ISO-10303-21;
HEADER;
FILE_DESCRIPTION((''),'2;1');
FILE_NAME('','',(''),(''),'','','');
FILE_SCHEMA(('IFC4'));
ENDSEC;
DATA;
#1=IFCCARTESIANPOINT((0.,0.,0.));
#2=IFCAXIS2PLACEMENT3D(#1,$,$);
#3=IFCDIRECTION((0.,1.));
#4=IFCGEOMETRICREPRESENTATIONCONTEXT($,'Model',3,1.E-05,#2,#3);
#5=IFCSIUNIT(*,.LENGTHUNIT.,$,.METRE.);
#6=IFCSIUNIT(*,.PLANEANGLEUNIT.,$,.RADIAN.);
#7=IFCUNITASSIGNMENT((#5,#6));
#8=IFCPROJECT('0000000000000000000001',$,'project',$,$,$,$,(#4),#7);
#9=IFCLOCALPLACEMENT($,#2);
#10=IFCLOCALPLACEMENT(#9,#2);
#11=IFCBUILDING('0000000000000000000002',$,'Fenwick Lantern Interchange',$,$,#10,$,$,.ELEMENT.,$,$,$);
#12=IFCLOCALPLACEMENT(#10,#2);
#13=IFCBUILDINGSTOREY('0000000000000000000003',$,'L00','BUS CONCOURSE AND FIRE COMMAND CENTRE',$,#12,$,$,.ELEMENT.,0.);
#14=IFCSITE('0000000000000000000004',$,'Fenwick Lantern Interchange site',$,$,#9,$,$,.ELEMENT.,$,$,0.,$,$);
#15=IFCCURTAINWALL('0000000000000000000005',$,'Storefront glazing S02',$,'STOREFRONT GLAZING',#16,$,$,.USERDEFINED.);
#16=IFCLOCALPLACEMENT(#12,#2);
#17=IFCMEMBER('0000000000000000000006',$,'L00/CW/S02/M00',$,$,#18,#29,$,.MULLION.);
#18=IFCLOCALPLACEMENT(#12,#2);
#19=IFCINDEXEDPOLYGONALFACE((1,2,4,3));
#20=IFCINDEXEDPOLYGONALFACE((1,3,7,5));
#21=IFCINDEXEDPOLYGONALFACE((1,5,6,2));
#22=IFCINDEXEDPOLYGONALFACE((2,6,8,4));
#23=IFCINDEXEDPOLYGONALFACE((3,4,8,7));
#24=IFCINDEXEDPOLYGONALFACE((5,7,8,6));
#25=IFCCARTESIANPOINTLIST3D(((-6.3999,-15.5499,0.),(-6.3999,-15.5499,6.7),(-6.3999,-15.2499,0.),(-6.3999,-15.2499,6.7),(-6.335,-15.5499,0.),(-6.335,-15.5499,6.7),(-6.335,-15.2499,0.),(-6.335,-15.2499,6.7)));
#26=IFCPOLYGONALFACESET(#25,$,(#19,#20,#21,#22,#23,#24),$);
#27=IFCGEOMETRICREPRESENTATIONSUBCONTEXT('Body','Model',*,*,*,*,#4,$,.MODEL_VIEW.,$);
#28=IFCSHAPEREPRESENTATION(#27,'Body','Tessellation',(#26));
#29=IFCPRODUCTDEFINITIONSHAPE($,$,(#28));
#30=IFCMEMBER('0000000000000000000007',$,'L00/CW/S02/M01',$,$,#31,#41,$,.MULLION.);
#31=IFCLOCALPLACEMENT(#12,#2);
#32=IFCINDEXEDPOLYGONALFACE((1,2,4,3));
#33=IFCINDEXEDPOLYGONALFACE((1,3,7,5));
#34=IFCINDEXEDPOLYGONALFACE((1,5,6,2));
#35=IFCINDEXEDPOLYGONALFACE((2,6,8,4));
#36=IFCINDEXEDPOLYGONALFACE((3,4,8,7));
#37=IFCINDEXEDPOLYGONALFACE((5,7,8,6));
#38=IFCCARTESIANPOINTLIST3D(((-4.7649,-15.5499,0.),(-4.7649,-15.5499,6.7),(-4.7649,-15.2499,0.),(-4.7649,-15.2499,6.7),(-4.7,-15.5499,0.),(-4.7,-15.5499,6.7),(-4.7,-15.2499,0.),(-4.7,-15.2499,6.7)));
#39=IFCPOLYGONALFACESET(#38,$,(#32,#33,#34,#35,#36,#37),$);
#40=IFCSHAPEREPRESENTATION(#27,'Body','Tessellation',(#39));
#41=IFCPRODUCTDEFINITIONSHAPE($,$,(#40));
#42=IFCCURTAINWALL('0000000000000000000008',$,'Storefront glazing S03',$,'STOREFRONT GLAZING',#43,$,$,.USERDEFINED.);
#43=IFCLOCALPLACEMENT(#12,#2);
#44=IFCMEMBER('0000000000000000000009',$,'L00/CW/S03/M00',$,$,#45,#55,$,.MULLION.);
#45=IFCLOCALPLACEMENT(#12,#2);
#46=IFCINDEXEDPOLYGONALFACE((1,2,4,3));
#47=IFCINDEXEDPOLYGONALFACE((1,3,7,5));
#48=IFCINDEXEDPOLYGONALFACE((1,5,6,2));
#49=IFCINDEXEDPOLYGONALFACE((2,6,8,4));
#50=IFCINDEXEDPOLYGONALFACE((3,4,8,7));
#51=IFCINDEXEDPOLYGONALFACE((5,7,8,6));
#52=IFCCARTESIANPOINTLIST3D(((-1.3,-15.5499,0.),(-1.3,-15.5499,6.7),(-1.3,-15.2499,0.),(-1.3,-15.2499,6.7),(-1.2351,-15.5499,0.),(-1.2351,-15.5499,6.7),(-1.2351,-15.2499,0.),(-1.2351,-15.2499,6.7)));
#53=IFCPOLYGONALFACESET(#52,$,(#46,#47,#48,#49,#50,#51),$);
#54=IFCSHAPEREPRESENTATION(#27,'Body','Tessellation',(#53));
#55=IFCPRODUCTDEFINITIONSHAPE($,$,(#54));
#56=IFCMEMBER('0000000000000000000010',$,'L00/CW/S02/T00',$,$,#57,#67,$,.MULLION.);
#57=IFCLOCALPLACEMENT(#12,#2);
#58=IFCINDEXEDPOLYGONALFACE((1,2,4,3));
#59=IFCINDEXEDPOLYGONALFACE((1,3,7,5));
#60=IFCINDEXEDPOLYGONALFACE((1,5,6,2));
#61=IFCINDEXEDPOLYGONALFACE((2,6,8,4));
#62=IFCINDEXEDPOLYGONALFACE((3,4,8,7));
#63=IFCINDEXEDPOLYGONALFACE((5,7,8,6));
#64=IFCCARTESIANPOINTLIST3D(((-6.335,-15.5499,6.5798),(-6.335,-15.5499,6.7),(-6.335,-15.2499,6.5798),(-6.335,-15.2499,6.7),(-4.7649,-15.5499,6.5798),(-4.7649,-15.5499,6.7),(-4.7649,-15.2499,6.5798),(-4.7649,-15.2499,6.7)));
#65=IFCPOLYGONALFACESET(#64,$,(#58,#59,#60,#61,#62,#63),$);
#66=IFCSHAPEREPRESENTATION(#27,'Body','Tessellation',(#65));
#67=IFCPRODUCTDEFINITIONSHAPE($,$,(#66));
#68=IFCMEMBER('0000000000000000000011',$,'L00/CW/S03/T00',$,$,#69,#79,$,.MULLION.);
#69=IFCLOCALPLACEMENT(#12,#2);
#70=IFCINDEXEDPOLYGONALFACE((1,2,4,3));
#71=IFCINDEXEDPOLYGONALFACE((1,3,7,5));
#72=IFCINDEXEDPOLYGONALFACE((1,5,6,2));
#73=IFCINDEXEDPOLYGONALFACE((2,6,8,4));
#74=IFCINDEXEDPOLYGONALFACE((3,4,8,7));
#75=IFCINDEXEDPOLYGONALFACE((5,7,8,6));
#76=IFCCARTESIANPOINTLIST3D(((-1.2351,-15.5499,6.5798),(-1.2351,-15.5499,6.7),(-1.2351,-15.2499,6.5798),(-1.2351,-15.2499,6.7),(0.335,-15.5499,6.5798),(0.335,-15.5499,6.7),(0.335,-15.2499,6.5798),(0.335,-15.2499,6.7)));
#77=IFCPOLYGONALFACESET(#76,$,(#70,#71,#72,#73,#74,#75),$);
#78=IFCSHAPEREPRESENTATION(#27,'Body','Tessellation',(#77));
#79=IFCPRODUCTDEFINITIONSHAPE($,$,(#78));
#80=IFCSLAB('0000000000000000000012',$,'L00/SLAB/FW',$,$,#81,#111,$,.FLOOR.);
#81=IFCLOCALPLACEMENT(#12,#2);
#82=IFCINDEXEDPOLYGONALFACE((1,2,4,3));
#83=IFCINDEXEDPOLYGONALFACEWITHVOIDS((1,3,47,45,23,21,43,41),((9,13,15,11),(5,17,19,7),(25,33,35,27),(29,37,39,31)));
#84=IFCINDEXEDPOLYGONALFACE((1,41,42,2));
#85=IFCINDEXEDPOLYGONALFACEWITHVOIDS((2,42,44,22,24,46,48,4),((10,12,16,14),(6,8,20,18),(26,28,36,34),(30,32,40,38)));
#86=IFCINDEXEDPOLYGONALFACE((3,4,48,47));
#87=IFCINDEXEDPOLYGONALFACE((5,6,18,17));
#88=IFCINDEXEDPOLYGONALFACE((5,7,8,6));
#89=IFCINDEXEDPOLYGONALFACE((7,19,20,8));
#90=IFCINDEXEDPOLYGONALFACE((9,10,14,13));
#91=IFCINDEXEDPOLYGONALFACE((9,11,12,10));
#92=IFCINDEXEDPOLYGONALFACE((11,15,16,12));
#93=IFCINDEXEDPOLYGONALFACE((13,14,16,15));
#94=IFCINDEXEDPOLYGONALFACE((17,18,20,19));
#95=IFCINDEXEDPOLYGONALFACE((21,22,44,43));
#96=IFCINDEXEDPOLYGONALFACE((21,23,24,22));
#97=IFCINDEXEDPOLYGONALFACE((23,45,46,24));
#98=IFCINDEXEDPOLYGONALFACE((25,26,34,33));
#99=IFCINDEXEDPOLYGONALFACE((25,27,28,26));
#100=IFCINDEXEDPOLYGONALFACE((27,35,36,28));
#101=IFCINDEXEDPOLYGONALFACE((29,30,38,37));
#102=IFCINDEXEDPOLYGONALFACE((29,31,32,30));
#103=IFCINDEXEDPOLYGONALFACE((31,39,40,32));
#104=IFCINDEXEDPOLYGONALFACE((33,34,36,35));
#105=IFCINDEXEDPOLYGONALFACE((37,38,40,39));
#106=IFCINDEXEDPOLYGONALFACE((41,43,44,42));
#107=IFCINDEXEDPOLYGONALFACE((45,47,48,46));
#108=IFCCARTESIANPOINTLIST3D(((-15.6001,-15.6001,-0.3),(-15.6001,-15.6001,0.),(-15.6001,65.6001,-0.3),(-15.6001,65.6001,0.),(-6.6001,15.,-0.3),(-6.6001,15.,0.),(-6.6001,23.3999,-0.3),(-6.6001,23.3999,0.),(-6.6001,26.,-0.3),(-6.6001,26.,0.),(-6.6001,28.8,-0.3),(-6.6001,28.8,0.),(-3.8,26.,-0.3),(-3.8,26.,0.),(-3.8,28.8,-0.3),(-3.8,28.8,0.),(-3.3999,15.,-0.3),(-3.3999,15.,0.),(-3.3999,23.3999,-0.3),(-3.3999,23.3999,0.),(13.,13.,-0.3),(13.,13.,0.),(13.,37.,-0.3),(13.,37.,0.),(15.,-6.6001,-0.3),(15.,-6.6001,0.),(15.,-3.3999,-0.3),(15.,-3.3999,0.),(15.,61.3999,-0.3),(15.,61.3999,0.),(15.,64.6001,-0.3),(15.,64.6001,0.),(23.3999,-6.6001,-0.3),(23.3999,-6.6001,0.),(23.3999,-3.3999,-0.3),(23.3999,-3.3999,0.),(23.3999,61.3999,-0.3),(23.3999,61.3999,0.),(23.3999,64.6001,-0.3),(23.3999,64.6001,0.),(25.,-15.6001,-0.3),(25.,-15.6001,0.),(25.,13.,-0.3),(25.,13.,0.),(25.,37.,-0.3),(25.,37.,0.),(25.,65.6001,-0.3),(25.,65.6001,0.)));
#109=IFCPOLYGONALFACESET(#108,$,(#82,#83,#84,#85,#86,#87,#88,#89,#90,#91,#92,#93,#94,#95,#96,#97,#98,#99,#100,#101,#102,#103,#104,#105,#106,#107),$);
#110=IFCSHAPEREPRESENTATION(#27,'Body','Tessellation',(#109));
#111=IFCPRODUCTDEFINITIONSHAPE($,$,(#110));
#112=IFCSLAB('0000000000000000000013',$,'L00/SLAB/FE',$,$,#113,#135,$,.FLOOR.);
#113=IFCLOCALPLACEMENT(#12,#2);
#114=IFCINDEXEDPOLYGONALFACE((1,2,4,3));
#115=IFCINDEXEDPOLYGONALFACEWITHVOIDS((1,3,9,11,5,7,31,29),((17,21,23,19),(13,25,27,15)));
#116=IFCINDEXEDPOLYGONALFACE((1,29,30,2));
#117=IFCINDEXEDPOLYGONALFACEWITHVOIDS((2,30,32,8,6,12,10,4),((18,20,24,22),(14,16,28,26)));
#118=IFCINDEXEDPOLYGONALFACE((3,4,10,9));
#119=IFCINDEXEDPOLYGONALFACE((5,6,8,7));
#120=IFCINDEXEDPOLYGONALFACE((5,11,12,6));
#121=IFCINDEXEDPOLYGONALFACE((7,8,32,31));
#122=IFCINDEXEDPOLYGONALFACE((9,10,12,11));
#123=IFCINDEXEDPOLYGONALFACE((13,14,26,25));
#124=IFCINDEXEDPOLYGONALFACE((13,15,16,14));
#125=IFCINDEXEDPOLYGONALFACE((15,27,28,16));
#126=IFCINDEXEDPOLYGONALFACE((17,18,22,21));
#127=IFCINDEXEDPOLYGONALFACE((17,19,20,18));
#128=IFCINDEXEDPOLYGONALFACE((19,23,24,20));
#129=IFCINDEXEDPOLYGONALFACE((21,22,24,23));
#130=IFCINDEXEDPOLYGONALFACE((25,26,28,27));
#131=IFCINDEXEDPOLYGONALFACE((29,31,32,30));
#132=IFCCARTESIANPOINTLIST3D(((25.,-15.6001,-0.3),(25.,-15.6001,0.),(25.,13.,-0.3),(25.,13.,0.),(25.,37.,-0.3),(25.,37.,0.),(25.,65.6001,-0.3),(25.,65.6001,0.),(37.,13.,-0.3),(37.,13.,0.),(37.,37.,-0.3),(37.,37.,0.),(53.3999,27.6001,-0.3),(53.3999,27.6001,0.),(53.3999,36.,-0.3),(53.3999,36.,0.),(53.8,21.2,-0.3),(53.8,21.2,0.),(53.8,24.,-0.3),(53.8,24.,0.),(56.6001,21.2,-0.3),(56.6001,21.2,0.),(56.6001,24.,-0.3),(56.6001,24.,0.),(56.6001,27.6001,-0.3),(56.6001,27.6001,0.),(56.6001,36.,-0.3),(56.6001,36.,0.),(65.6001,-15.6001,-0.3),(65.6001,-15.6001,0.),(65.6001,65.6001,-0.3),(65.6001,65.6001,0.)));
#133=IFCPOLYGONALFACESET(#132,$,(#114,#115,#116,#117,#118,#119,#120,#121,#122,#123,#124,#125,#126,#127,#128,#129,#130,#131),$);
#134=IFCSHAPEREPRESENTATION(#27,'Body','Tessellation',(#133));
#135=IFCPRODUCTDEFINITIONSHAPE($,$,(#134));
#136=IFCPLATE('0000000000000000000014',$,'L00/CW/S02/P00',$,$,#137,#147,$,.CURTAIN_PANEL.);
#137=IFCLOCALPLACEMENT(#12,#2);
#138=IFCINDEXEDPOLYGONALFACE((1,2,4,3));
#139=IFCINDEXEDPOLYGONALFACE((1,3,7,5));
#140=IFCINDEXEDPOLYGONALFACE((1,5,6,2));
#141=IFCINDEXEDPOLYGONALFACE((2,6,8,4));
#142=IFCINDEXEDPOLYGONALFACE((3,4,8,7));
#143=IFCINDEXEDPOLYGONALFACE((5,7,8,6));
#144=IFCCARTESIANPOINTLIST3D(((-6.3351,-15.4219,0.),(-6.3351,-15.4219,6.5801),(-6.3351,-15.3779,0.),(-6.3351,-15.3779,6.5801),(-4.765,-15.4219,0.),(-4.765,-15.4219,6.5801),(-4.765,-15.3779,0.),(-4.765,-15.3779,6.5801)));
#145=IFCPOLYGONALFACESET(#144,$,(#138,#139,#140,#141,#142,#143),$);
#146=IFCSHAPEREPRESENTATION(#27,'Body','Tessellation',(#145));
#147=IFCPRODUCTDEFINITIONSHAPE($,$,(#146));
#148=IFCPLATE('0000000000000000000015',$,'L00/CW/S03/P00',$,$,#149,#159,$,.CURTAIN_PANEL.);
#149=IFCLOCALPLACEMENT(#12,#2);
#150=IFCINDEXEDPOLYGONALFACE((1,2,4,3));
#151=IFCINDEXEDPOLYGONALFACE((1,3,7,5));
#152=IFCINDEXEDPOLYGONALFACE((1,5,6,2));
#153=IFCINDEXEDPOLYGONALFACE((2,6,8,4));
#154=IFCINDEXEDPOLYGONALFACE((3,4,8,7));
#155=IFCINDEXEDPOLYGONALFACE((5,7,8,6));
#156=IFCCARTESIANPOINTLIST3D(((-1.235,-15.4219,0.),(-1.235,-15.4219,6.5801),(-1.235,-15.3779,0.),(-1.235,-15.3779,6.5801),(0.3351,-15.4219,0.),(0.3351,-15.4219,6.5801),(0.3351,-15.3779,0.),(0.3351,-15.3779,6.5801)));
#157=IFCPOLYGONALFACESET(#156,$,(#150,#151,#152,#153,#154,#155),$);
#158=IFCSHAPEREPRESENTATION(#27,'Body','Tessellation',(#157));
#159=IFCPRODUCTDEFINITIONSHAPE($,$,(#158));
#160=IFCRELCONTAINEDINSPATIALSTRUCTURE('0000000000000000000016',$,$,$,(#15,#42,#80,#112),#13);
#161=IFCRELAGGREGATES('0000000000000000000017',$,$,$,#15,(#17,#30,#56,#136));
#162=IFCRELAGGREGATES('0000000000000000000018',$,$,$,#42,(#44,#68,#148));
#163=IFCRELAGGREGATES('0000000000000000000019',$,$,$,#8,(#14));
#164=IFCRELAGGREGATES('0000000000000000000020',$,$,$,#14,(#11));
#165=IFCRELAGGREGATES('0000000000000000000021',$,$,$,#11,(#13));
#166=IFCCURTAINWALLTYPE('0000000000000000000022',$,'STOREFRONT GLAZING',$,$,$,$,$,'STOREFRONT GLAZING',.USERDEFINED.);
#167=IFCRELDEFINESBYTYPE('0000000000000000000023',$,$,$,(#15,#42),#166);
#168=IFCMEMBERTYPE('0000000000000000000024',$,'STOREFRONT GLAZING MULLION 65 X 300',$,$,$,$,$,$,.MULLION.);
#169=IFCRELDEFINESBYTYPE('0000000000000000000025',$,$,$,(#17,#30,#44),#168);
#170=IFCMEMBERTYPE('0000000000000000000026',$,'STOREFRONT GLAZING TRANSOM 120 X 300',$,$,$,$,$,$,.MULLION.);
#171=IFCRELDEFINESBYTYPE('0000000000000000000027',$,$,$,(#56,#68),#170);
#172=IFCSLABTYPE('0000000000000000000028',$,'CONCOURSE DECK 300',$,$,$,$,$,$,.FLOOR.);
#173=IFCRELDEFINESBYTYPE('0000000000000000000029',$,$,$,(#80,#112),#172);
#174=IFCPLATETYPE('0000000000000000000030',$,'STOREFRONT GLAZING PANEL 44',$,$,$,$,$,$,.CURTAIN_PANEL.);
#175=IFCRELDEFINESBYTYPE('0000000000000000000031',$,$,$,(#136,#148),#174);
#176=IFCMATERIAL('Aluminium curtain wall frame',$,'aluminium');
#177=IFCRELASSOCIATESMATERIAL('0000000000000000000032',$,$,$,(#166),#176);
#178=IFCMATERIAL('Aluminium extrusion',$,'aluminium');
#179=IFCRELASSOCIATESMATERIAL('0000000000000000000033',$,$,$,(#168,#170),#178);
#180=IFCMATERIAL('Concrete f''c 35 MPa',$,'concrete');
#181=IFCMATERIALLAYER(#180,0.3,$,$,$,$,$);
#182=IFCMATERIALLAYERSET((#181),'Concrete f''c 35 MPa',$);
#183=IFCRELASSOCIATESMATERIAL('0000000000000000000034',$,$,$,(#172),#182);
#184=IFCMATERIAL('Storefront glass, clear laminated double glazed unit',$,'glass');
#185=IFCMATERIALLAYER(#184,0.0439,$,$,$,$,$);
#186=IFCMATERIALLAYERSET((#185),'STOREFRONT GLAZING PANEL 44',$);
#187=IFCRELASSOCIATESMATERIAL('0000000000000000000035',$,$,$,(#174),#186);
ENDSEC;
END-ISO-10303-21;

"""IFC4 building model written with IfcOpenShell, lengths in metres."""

from ifc_helpers import new_model, si_unit, direction, frame, origin, origin_2d, place, context, subcontext, project, spatial, polyline, rectangle, outline, extrude, material, layer, layer_set, material_profile, profile_set, type_object, element, aggregate, save


model = new_model("IFC4")

# Units and contexts
model_context = context("Model", 3, precision=1e-05, world=origin(), true_north=direction((0.0, 1.0)))
body_context = subcontext(model_context, "Body", "Model", "MODEL_VIEW")
ifc_project = project(units=[si_unit("LENGTHUNIT", "METRE"), si_unit("PLANEANGLEUNIT", "RADIAN")], contexts=[model_context])

# Site, building, storey
site_placement = place(None, origin())
site = spatial("IfcSite", under=ifc_project, at=site_placement, Name="Fenwick Lantern Interchange site", CompositionType="ELEMENT", RefElevation=0.0)
building_placement = place(site_placement, origin())
building = spatial("IfcBuilding", under=site, at=building_placement, Name="Fenwick Lantern Interchange", CompositionType="ELEMENT")
storey_placement = place(building_placement, origin())
storey = spatial("IfcBuildingStorey", under=building, at=storey_placement, Name="L00", Description="BUS CONCOURSE AND FIRE COMMAND CENTRE", CompositionType="ELEMENT", Elevation=0.0)

# Curtain wall, members
ifc_material_1 = material(Name="Aluminium curtain wall frame", Category="aluminium")
curtain_wall_type = type_object("IfcCurtainWallType", Name="STOREFRONT GLAZING", ElementType="STOREFRONT GLAZING", PredefinedType="USERDEFINED", material=ifc_material_1)
curtain_wall_1_placement = place(storey_placement, origin())
curtain_wall_1 = element("IfcCurtainWall", 1, at=curtain_wall_1_placement, inside=storey, type_object=curtain_wall_type, Name="Storefront glazing S02", ObjectType="STOREFRONT GLAZING", PredefinedType="USERDEFINED")
ifc_material_2 = material(Name="Aluminium extrusion", Category="aluminium")
ifc_material_profile_1 = material_profile(ifc_material_2, rectangle(XDim=0.3, YDim=0.0649, at=origin_2d()), Name="STOREFRONT GLAZING MULLION 65 X 300")
ifc_profile_set_1 = profile_set([ifc_material_profile_1], Name="Aluminium extrusion")
member_type_1 = type_object("IfcMemberType", Name="STOREFRONT GLAZING MULLION 65 X 300", PredefinedType="MULLION", material=ifc_profile_set_1)
member_1_placement = place(storey_placement, frame((-6.3674, -15.3999, 0.0), z_axis=(0.0, 0.0, 1.0), x_axis=(0.0, 1.0, 0.0)))
member_1 = element("IfcMember", 2, at=member_1_placement, type_object=member_type_1, Name="L00/CW/S02/M00", PredefinedType="MULLION", context=body_context, shape_type="SweptSolid", body=[
    extrude(rectangle(XDim=0.3, YDim=0.0649, at=origin_2d()), origin(), (0.0, 0.0, 1.0), 6.7),
])
member_2_placement = place(storey_placement, frame((-4.7324, -15.3999, 0.0), z_axis=(0.0, 0.0, 1.0), x_axis=(0.0, 1.0, 0.0)))
member_2 = element("IfcMember", 3, at=member_2_placement, type_object=member_type_1, Name="L00/CW/S02/M01", PredefinedType="MULLION", context=body_context, shape_type="SweptSolid", body=[
    extrude(rectangle(XDim=0.3, YDim=0.0649, at=origin_2d()), origin(), (0.0, 0.0, 1.0), 6.7),
])

# Curtain wall, member
curtain_wall_2_placement = place(storey_placement, origin())
curtain_wall_2 = element("IfcCurtainWall", 4, at=curtain_wall_2_placement, inside=storey, type_object=curtain_wall_type, Name="Storefront glazing S03", ObjectType="STOREFRONT GLAZING", PredefinedType="USERDEFINED")
member_3_placement = place(storey_placement, frame((-1.2676, -15.3999, 0.0), z_axis=(0.0, 0.0, 1.0), x_axis=(0.0, 1.0, 0.0)))
member_3 = element("IfcMember", 5, at=member_3_placement, type_object=member_type_1, Name="L00/CW/S03/M00", PredefinedType="MULLION", context=body_context, shape_type="SweptSolid", body=[
    extrude(rectangle(XDim=0.3, YDim=0.0649, at=origin_2d()), origin(), (0.0, 0.0, 1.0), 6.7),
])

# Members
ifc_material_profile_2 = material_profile(ifc_material_2, rectangle(XDim=0.3, YDim=0.1201, at=origin_2d()), Name="STOREFRONT GLAZING TRANSOM 120 X 300")
ifc_profile_set_2 = profile_set([ifc_material_profile_2], Name="Aluminium extrusion")
member_type_2 = type_object("IfcMemberType", Name="STOREFRONT GLAZING TRANSOM 120 X 300", PredefinedType="MULLION", material=ifc_profile_set_2)
member_4_placement = place(storey_placement, frame((-6.335, -15.3999, 6.6399), z_axis=(1.0, 0.0, 0.0), x_axis=(0.0, 1.0, 0.0)))
member_4 = element("IfcMember", 6, at=member_4_placement, type_object=member_type_2, Name="L00/CW/S02/T00", PredefinedType="MULLION", context=body_context, shape_type="SweptSolid", body=[
    extrude(rectangle(XDim=0.3, YDim=0.1201, at=origin_2d()), origin(), (0.0, 0.0, 1.0), 1.5701),
])
member_5_placement = place(storey_placement, frame((-1.2351, -15.3999, 6.6399), z_axis=(1.0, 0.0, 0.0), x_axis=(0.0, 1.0, 0.0)))
member_5 = element("IfcMember", 7, at=member_5_placement, type_object=member_type_2, Name="L00/CW/S03/T00", PredefinedType="MULLION", context=body_context, shape_type="SweptSolid", body=[
    extrude(rectangle(XDim=0.3, YDim=0.1201, at=origin_2d()), origin(), (0.0, 0.0, 1.0), 1.5701),
])

# Slabs
ifc_material_3 = material(Name="Concrete f'c 35 MPa", Category="concrete")
ifc_layer_1 = layer(ifc_material_3, 0.3)
ifc_layer_set_1 = layer_set([ifc_layer_1], Name="Concrete f'c 35 MPa")
slab_type = type_object("IfcSlabType", Name="CONCOURSE DECK 300", PredefinedType="FLOOR", material=ifc_layer_set_1)
slab_1_placement = place(storey_placement, frame((0.0, 0.0, -0.3)))
element("IfcSlab", 8, at=slab_1_placement, inside=storey, type_object=slab_type, Name="L00/SLAB/FW", PredefinedType="FLOOR", context=body_context, shape_type="SweptSolid", body=[
    extrude(outline(polyline([(-15.6001, -15.6001), (-15.6001, 65.6001), (25.0, 65.6001), (25.0, 37.0), (13.0, 37.0), (13.0, 13.0), (25.0, 13.0), (25.0, -15.6001), (-15.6001, -15.6001)]), holes=[polyline([(23.3999, 61.3999), (23.3999, 64.6001), (15.0, 64.6001), (15.0, 61.3999), (23.3999, 61.3999)]), polyline([(23.3999, -6.6001), (23.3999, -3.3999), (15.0, -3.3999), (15.0, -6.6001), (23.3999, -6.6001)]), polyline([(-3.3999, 15.0), (-3.3999, 23.3999), (-6.6001, 23.3999), (-6.6001, 15.0), (-3.3999, 15.0)]), polyline([(-3.8, 26.0), (-3.8, 28.8), (-6.6001, 28.8), (-6.6001, 26.0), (-3.8, 26.0)])]), origin(), (0.0, 0.0, 1.0), 0.3),
])
slab_2_placement = place(storey_placement, frame((0.0, 0.0, -0.3)))
element("IfcSlab", 9, at=slab_2_placement, inside=storey, type_object=slab_type, Name="L00/SLAB/FE", PredefinedType="FLOOR", context=body_context, shape_type="SweptSolid", body=[
    extrude(outline(polyline([(65.6001, 65.6001), (65.6001, -15.6001), (25.0, -15.6001), (25.0, 13.0), (37.0, 13.0), (37.0, 37.0), (25.0, 37.0), (25.0, 65.6001), (65.6001, 65.6001)]), holes=[polyline([(56.6001, 27.6001), (56.6001, 36.0), (53.3999, 36.0), (53.3999, 27.6001), (56.6001, 27.6001)]), polyline([(56.6001, 21.2), (56.6001, 24.0), (53.8, 24.0), (53.8, 21.2), (56.6001, 21.2)])]), origin(), (0.0, 0.0, 1.0), 0.3),
])

# Plates
ifc_material_4 = material(Name="Storefront glass, clear laminated double glazed unit", Category="glass")
ifc_layer_2 = layer(ifc_material_4, 0.0439)
ifc_layer_set_2 = layer_set([ifc_layer_2], Name="STOREFRONT GLAZING PANEL 44")
plate_type = type_object("IfcPlateType", Name="STOREFRONT GLAZING PANEL 44", PredefinedType="CURTAIN_PANEL", material=ifc_layer_set_2)
plate_1_placement = place(storey_placement, frame((-5.55, -15.3999, 0.0), z_axis=(0.0, 0.0, 1.0), x_axis=(1.0, 0.0, 0.0)))
plate_1 = element("IfcPlate", 10, at=plate_1_placement, type_object=plate_type, Name="L00/CW/S02/P00", PredefinedType="CURTAIN_PANEL", context=body_context, shape_type="SweptSolid", body=[
    extrude(rectangle(XDim=1.5701, YDim=0.0439, at=origin_2d()), origin(), (0.0, 0.0, 1.0), 6.5801),
])
aggregate(curtain_wall_1, [member_1, member_2, member_4, plate_1])
plate_2_placement = place(storey_placement, frame((-0.45, -15.3999, 0.0), z_axis=(0.0, 0.0, 1.0), x_axis=(1.0, 0.0, 0.0)))
plate_2 = element("IfcPlate", 11, at=plate_2_placement, type_object=plate_type, Name="L00/CW/S03/P00", PredefinedType="CURTAIN_PANEL", context=body_context, shape_type="SweptSolid", body=[
    extrude(rectangle(XDim=1.5701, YDim=0.0439, at=origin_2d()), origin(), (0.0, 0.0, 1.0), 6.5801),
])
aggregate(curtain_wall_2, [member_3, member_5, plate_2])

save(model, "model.ifc")
